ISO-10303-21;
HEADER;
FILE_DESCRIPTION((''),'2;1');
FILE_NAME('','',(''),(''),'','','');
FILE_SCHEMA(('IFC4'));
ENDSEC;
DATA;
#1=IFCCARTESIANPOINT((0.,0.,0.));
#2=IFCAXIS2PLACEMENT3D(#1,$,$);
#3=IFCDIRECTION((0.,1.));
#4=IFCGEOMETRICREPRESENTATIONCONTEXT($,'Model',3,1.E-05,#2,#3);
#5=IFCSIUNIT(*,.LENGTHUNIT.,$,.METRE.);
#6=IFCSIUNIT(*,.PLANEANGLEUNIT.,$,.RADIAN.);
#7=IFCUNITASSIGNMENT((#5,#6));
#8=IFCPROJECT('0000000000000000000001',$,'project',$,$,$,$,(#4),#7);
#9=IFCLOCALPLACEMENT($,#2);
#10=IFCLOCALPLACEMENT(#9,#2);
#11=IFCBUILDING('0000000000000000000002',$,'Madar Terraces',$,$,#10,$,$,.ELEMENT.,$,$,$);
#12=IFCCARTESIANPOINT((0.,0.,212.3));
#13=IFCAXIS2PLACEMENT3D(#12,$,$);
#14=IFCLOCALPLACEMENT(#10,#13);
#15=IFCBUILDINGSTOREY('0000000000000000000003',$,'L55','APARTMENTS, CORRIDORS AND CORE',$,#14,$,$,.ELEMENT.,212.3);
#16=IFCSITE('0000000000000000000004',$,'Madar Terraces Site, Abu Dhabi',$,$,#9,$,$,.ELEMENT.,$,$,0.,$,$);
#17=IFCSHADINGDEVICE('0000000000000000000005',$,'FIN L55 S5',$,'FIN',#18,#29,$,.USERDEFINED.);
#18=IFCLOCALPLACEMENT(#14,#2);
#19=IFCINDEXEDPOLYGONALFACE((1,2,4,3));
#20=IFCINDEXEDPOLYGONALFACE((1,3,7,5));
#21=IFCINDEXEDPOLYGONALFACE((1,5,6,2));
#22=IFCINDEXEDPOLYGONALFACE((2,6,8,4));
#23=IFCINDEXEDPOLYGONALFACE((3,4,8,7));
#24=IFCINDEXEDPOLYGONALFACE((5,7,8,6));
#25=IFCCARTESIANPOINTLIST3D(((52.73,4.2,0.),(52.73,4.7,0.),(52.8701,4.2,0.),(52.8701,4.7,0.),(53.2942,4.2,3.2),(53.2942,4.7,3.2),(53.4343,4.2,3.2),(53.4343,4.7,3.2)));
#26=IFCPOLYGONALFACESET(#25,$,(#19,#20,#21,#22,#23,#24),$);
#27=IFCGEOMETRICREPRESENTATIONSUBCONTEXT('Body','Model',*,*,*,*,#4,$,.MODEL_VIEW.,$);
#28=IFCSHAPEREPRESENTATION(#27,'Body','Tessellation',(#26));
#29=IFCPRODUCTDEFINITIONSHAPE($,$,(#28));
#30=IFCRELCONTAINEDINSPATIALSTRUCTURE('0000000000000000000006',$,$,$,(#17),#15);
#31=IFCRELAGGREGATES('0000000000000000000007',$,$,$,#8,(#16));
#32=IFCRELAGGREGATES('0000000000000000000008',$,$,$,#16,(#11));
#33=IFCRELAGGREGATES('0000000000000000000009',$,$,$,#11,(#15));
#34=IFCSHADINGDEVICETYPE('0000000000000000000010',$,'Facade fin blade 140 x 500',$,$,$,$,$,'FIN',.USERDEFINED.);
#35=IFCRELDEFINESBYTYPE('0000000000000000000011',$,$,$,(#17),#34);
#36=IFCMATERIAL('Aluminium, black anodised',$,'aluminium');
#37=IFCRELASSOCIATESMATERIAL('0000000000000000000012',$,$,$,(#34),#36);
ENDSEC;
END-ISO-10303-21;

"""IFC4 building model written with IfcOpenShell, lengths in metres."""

from ifc_helpers import new_model, si_unit, direction, frame, origin, place, context, subcontext, project, spatial, polyline, outline, extrude, material, type_object, element, save


model = new_model("IFC4")

# Units and contexts
model_context = context("Model", 3, precision=1e-05, world=origin(), true_north=direction((0.0, 1.0)))
body_context = subcontext(model_context, "Body", "Model", "MODEL_VIEW")
ifc_project = project(units=[si_unit("LENGTHUNIT", "METRE"), si_unit("PLANEANGLEUNIT", "RADIAN")], contexts=[model_context])

# Site, building, storey
site_placement = place(None, origin())
site = spatial("IfcSite", under=ifc_project, at=site_placement, Name="Madar Terraces Site, Abu Dhabi", CompositionType="ELEMENT", RefElevation=0.0)
building_placement = place(site_placement, origin())
building = spatial("IfcBuilding", under=site, at=building_placement, Name="Madar Terraces", CompositionType="ELEMENT")
storey_placement = place(building_placement, frame((0.0, 0.0, 212.3)))
storey = spatial("IfcBuildingStorey", under=building, at=storey_placement, Name="L55", Description="APARTMENTS, CORRIDORS AND CORE", CompositionType="ELEMENT", Elevation=212.3)

# Shading device
ifc_material_1 = material(Name="Aluminium, black anodised", Category="aluminium")
shading_device_type = type_object("IfcShadingDeviceType", Name="Facade fin blade 140 x 500", ElementType="FIN", PredefinedType="USERDEFINED", material=ifc_material_1)
shading_device_placement = place(storey_placement, frame((52.73, 4.45, 0.0), z_axis=(0.0, 0.0, 1.0), x_axis=(1.0, 0.0, 0.0)))
element("IfcShadingDevice", 1, at=shading_device_placement, inside=storey, type_object=shading_device_type, Name="FIN L55 S5", ObjectType="FIN", PredefinedType="USERDEFINED", context=body_context, shape_type="SweptSolid", body=[
    extrude(outline(polyline([(0.0, 0.0), (0.1401, 0.0), (0.7043, 3.2), (0.5642, 3.2), (0.0, 0.0)])), frame((0.0, 0.25, 0.0), z_axis=(0.0, -1.0, 0.0), x_axis=(1.0, 0.0, 0.0)), (0.0, 0.0, 1.0), 0.5),
])

save(model, "model.ifc")
